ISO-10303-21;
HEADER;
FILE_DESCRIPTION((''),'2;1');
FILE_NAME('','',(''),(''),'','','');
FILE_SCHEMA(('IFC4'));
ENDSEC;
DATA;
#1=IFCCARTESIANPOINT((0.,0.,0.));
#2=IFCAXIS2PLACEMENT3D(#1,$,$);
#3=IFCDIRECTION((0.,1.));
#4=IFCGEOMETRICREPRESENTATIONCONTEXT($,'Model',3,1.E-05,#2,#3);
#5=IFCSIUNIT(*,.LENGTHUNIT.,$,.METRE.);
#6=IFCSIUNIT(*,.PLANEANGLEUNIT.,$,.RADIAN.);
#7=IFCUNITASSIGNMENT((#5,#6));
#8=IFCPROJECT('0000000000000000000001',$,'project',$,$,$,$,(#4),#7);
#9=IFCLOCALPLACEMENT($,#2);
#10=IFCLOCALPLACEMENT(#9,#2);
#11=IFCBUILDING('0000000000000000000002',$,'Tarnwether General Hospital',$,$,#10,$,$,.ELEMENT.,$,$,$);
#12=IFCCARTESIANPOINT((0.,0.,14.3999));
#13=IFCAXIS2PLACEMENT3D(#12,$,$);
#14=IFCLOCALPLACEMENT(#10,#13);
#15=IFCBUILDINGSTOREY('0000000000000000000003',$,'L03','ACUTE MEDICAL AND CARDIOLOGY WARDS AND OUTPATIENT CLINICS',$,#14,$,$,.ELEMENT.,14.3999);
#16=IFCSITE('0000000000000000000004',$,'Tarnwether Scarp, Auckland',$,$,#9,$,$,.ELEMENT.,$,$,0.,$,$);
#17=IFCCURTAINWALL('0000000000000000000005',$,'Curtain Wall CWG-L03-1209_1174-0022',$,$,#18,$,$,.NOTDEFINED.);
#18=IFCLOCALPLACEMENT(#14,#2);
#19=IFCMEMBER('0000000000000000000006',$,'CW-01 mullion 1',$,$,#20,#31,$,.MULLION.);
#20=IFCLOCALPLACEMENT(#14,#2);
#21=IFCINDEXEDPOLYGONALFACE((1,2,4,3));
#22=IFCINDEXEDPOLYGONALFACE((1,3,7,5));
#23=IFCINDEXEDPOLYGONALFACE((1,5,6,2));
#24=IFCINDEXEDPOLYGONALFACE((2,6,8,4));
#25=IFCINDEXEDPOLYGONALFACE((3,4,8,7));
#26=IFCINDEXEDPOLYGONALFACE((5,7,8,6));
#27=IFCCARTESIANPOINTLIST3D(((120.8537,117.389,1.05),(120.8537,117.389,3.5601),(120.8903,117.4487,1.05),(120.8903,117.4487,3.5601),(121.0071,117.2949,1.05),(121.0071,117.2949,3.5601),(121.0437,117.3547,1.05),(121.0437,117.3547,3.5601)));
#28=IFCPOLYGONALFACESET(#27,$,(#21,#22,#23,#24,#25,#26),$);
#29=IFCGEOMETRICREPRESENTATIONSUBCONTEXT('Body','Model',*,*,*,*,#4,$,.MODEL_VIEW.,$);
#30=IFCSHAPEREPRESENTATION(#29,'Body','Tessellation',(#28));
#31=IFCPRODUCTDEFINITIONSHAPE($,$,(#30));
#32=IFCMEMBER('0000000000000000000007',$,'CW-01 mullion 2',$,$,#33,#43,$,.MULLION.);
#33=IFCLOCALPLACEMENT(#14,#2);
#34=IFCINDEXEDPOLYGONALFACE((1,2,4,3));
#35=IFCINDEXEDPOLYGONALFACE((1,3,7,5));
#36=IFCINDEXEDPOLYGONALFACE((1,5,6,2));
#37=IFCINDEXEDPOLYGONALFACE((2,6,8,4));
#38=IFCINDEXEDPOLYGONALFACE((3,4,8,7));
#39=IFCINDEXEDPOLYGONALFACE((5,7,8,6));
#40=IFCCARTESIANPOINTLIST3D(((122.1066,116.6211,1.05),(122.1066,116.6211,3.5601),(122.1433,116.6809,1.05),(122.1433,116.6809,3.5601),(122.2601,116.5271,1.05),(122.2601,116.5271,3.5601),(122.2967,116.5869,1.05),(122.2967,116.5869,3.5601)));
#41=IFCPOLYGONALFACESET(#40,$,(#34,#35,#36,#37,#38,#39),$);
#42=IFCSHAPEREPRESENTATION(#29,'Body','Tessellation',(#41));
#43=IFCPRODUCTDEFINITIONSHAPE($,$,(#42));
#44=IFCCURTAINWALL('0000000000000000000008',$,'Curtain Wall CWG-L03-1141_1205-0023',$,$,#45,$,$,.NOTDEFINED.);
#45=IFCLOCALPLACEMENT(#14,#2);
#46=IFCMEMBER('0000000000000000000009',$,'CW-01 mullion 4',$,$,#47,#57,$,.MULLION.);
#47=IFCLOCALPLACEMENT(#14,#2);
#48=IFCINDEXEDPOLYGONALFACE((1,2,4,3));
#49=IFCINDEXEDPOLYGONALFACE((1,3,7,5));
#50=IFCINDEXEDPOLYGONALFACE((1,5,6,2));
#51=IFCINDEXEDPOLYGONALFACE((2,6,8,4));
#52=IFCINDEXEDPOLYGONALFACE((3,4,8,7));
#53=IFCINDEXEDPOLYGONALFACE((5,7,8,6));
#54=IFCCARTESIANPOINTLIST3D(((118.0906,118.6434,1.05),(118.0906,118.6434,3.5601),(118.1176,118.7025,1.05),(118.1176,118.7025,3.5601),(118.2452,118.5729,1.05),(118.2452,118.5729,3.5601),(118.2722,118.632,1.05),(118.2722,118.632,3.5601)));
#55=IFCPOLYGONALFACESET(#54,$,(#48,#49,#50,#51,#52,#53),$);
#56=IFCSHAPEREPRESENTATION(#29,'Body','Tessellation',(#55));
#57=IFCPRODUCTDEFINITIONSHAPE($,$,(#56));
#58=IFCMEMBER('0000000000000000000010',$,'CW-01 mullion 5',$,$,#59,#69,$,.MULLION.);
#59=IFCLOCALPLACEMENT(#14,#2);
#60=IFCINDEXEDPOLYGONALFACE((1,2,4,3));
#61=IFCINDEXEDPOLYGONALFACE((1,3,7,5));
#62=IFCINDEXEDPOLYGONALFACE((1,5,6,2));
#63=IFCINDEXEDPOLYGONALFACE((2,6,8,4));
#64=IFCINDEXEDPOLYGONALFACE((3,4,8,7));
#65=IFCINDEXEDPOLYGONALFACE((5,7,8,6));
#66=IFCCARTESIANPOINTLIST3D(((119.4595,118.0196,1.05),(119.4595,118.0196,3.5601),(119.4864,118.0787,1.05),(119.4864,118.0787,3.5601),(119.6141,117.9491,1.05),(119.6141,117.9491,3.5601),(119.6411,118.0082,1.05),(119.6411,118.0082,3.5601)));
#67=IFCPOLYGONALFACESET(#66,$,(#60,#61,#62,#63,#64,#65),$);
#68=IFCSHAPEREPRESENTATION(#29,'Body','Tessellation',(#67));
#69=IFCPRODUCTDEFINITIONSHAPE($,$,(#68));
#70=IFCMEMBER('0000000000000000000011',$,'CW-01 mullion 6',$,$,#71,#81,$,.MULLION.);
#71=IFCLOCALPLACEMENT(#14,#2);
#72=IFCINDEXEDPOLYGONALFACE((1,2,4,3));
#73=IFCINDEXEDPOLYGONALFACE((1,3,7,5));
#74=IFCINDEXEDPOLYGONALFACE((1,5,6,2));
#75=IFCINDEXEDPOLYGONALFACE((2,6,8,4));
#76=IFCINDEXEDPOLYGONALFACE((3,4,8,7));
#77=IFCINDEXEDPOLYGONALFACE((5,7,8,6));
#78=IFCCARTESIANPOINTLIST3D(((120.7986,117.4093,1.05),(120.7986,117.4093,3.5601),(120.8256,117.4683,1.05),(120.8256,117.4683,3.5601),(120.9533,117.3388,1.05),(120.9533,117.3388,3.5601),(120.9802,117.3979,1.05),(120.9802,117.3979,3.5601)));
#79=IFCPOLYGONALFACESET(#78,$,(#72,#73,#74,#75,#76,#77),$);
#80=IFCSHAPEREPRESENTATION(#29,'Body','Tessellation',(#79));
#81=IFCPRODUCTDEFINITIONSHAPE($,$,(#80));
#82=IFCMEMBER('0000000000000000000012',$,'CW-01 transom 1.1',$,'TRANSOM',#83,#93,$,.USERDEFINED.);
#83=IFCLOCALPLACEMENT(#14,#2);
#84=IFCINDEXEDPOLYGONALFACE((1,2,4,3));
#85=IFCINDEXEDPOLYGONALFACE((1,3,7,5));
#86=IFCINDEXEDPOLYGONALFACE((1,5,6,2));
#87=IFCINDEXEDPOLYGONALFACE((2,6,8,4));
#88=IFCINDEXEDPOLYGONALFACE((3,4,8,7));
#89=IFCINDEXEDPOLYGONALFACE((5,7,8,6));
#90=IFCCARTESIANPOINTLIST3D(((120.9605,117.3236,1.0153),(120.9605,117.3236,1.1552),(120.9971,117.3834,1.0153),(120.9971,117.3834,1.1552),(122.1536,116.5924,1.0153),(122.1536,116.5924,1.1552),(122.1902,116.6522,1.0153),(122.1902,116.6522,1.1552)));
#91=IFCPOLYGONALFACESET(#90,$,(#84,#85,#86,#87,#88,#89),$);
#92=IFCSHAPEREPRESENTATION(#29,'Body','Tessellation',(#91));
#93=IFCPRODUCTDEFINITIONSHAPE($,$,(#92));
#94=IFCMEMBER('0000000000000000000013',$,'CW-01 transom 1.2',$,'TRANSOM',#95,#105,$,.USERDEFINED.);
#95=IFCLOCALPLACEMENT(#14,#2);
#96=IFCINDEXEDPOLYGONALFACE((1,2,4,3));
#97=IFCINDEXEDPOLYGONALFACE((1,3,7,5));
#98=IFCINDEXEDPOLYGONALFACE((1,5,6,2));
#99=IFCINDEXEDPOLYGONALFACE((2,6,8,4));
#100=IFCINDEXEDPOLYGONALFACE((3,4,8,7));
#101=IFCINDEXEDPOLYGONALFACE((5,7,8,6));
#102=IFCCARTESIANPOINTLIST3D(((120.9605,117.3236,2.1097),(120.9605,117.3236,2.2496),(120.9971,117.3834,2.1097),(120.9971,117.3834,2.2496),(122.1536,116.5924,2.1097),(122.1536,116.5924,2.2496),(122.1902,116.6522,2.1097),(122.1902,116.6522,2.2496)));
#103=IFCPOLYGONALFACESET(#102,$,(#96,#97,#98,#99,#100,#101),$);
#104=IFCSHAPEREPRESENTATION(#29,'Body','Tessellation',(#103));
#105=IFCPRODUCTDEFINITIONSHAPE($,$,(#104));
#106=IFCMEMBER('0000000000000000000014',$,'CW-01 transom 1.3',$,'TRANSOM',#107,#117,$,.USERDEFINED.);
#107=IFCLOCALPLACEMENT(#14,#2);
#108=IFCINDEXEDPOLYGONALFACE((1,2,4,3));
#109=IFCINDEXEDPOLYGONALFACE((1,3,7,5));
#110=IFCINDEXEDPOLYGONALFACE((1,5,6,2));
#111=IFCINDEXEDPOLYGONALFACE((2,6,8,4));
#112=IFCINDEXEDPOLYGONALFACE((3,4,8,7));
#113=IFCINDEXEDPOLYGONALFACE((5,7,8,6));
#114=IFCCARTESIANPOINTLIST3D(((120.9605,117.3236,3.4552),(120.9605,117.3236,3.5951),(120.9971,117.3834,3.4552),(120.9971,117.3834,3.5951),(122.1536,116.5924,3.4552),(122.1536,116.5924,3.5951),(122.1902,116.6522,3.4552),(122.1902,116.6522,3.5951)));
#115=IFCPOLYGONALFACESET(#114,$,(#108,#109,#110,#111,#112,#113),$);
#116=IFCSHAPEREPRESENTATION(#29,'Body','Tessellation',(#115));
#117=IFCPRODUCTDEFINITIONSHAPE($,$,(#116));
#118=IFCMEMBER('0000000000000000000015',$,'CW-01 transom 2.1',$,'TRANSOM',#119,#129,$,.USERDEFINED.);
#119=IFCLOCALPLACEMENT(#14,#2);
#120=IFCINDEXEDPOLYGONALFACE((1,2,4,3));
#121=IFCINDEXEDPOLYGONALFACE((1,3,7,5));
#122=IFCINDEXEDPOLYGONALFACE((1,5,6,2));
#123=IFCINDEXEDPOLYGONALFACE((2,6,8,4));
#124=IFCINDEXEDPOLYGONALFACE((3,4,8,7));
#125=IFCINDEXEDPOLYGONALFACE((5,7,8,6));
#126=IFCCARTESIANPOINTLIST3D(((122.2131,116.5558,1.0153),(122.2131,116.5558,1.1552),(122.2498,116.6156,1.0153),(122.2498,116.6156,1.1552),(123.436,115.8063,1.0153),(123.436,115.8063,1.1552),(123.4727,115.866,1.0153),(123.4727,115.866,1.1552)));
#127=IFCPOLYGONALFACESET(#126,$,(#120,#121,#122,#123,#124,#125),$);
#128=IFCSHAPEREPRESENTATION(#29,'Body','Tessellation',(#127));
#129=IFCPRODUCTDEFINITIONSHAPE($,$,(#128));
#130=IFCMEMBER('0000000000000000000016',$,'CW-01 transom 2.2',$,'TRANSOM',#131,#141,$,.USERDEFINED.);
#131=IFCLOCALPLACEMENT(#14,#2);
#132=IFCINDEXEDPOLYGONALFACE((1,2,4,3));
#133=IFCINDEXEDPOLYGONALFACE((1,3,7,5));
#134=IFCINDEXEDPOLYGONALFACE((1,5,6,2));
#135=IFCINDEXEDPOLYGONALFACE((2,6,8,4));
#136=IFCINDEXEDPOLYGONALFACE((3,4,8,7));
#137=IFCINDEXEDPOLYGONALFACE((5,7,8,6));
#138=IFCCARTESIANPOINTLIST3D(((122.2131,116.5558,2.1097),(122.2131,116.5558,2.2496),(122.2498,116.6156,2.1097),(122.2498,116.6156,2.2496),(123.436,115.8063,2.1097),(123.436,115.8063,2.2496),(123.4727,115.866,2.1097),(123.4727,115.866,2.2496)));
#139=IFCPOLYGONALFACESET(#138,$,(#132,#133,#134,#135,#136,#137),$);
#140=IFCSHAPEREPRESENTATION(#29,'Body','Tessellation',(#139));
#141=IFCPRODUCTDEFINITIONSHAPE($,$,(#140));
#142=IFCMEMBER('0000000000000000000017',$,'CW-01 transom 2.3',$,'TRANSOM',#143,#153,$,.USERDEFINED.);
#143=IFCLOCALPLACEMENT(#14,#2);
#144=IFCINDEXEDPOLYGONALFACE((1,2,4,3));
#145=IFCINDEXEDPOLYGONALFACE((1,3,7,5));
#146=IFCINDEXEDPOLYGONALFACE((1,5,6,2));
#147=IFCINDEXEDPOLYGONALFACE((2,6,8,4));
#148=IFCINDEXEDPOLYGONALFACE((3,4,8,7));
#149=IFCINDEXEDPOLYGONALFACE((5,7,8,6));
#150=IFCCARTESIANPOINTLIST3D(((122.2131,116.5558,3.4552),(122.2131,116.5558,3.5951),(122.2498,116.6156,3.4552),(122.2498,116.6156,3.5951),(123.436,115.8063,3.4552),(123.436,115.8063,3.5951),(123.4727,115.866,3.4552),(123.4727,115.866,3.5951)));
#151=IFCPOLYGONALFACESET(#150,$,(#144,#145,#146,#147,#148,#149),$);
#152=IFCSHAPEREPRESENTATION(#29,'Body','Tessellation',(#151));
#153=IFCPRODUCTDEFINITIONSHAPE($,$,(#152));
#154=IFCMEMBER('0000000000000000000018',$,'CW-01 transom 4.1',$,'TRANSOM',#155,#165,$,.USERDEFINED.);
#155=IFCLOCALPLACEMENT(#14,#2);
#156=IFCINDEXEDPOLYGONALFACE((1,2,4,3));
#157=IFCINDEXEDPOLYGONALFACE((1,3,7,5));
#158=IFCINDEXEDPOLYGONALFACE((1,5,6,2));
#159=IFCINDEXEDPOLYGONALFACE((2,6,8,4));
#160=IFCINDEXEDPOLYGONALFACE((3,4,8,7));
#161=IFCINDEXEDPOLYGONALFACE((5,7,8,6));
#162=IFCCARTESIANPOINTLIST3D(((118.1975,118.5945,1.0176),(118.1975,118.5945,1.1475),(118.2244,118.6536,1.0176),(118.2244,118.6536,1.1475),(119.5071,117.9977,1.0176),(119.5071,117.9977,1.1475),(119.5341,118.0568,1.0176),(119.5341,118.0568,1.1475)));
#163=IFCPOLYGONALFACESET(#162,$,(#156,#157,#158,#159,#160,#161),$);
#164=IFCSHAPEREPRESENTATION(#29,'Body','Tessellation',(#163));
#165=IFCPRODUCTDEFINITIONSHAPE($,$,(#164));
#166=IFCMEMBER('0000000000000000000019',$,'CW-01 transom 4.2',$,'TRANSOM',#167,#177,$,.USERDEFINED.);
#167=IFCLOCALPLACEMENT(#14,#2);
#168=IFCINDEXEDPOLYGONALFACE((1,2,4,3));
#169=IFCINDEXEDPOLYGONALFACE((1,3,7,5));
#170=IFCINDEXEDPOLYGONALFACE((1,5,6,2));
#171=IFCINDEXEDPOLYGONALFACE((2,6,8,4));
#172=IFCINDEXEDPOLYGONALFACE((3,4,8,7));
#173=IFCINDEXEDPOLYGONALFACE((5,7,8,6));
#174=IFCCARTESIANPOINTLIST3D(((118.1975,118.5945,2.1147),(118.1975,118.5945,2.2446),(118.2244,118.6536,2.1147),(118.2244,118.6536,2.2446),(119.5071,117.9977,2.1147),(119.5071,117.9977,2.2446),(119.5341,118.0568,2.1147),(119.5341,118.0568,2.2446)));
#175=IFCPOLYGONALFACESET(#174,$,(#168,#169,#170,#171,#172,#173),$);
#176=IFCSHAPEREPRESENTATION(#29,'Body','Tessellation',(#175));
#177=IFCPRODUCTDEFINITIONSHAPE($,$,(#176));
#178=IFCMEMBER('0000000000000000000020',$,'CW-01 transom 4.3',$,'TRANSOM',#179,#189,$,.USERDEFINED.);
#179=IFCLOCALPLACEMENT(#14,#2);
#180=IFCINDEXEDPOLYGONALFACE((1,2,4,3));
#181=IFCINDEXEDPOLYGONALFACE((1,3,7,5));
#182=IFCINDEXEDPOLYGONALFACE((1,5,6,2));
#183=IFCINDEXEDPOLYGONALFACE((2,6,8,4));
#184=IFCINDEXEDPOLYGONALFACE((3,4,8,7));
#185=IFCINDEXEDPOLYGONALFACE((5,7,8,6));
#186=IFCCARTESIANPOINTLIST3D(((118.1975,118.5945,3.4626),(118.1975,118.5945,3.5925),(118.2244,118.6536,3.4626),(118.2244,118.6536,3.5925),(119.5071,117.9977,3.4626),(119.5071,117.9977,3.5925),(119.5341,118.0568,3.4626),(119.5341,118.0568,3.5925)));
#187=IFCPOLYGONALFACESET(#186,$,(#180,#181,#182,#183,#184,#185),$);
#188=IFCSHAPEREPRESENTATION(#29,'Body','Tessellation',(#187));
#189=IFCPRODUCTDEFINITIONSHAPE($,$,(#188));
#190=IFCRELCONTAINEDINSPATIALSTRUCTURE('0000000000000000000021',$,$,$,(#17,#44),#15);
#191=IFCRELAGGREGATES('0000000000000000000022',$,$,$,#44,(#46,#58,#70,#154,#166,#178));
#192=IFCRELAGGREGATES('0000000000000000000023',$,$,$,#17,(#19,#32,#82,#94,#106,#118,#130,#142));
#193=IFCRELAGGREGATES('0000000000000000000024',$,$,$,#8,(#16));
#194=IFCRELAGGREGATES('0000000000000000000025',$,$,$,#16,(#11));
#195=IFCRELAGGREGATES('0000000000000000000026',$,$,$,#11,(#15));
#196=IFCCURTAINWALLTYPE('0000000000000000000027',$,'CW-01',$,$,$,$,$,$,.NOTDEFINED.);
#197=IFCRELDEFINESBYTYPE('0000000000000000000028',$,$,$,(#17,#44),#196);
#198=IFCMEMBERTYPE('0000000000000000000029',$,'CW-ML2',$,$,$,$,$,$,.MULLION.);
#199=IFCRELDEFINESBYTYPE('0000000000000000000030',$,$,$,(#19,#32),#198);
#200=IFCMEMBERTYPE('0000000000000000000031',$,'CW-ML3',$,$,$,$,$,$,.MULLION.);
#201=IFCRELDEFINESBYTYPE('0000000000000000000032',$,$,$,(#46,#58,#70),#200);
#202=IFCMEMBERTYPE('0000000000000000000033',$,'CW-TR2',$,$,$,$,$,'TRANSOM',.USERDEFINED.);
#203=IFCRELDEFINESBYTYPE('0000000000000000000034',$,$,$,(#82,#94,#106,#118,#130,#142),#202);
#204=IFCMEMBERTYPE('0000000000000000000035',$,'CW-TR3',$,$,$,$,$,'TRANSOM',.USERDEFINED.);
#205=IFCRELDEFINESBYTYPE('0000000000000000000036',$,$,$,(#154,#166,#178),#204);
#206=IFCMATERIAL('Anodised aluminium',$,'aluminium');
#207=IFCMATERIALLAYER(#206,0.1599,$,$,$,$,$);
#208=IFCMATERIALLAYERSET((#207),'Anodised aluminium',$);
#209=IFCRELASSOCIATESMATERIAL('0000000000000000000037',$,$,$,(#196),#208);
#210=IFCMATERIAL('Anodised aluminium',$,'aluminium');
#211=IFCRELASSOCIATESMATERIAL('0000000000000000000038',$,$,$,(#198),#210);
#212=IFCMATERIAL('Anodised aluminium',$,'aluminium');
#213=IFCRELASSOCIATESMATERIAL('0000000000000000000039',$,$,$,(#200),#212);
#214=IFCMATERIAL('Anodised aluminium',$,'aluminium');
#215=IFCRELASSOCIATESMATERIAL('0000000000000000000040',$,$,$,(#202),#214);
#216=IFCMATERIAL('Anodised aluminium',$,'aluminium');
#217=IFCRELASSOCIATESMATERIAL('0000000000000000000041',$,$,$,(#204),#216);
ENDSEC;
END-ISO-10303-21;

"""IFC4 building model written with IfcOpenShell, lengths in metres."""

from ifc_helpers import new_model, si_unit, direction, frame, origin, origin_2d, place, context, subcontext, project, spatial, rectangle, extrude, material, layer, layer_set, material_profile, profile_set, type_object, element, aggregate, save


model = new_model("IFC4")

# Units and contexts
model_context = context("Model", 3, precision=1e-05, world=origin(), true_north=direction((0.0, 1.0)))
body_context = subcontext(model_context, "Body", "Model", "MODEL_VIEW")
ifc_project = project(units=[si_unit("LENGTHUNIT", "METRE"), si_unit("PLANEANGLEUNIT", "RADIAN")], contexts=[model_context])

# Site, building, storey
site_placement = place(None, origin())
site = spatial("IfcSite", under=ifc_project, at=site_placement, Name="Tarnwether Scarp, Auckland", CompositionType="ELEMENT", RefElevation=0.0)
building_placement = place(site_placement, origin())
building = spatial("IfcBuilding", under=site, at=building_placement, Name="Tarnwether General Hospital", CompositionType="ELEMENT")
storey_placement = place(building_placement, frame((0.0, 0.0, 14.3999)))
storey = spatial("IfcBuildingStorey", under=building, at=storey_placement, Name="L03", Description="ACUTE MEDICAL AND CARDIOLOGY WARDS AND OUTPATIENT CLINICS", CompositionType="ELEMENT", Elevation=14.3999)

# Curtain walls, members
ifc_material_1 = material(Name="Anodised aluminium", Category="aluminium")
ifc_layer_1 = layer(ifc_material_1, 0.1599)
ifc_layer_set_1 = layer_set([ifc_layer_1], Name="Anodised aluminium")
curtain_wall_type = type_object("IfcCurtainWallType", Name="CW-01", PredefinedType="NOTDEFINED", material=ifc_layer_set_1)
curtain_wall_1_placement = place(storey_placement, origin())
curtain_wall_1 = element("IfcCurtainWall", 1, at=curtain_wall_1_placement, inside=storey, type_object=curtain_wall_type, Name="Curtain Wall CWG-L03-1209_1174-0022", PredefinedType="NOTDEFINED")
ifc_material_2 = material(Name="Anodised aluminium", Category="aluminium")
ifc_material_profile_1 = material_profile(ifc_material_2, rectangle(XDim=0.0701, YDim=0.1799, at=origin_2d()), Name="ALU-MUL-70x180")
ifc_profile_set_1 = profile_set([ifc_material_profile_1], Name="Anodised aluminium")
member_type_1 = type_object("IfcMemberType", Name="CW-ML2", PredefinedType="MULLION", material=ifc_profile_set_1)
member_1_placement = place(storey_placement, frame((120.9487, 117.3718, 1.05), z_axis=(0.0, 0.0, 1.0), x_axis=(0.522509, 0.852634, 0.0)))
member_1 = element("IfcMember", 2, at=member_1_placement, type_object=member_type_1, Name="CW-01 mullion 1", PredefinedType="MULLION", context=body_context, shape_type="SweptSolid", body=[
    extrude(rectangle(XDim=0.0701, YDim=0.1799, at=origin_2d()), origin(), (0.0, 0.0, 1.0), 2.51),
])
member_2_placement = place(storey_placement, frame((122.2017, 116.604, 1.05), z_axis=(0.0, 0.0, 1.0), x_axis=(0.522509, 0.852634, 0.0)))
member_2 = element("IfcMember", 3, at=member_2_placement, type_object=member_type_1, Name="CW-01 mullion 2", PredefinedType="MULLION", context=body_context, shape_type="SweptSolid", body=[
    extrude(rectangle(XDim=0.0701, YDim=0.1799, at=origin_2d()), origin(), (0.0, 0.0, 1.0), 2.51),
])
curtain_wall_2_placement = place(storey_placement, origin())
curtain_wall_2 = element("IfcCurtainWall", 4, at=curtain_wall_2_placement, inside=storey, type_object=curtain_wall_type, Name="Curtain Wall CWG-L03-1141_1205-0023", PredefinedType="NOTDEFINED")
ifc_material_3 = material(Name="Anodised aluminium", Category="aluminium")
ifc_material_profile_2 = material_profile(ifc_material_3, rectangle(XDim=0.0649, YDim=0.1699, at=origin_2d()), Name="ALU-MUL-65x170")
ifc_profile_set_2 = profile_set([ifc_material_profile_2], Name="Anodised aluminium")
member_type_2 = type_object("IfcMemberType", Name="CW-ML3", PredefinedType="MULLION", material=ifc_profile_set_2)
member_3_placement = place(storey_placement, frame((118.1814, 118.6377, 1.05), z_axis=(0.0, 0.0, 1.0), x_axis=(0.414694, 0.909961, 0.0)))
member_3 = element("IfcMember", 5, at=member_3_placement, type_object=member_type_2, Name="CW-01 mullion 4", PredefinedType="MULLION", context=body_context, shape_type="SweptSolid", body=[
    extrude(rectangle(XDim=0.0649, YDim=0.1699, at=origin_2d()), origin(), (0.0, 0.0, 1.0), 2.51),
])
member_4_placement = place(storey_placement, frame((119.5503, 118.0139, 1.05), z_axis=(0.0, 0.0, 1.0), x_axis=(0.414694, 0.909961, 0.0)))
member_4 = element("IfcMember", 6, at=member_4_placement, type_object=member_type_2, Name="CW-01 mullion 5", PredefinedType="MULLION", context=body_context, shape_type="SweptSolid", body=[
    extrude(rectangle(XDim=0.0649, YDim=0.1699, at=origin_2d()), origin(), (0.0, 0.0, 1.0), 2.51),
])
member_5_placement = place(storey_placement, frame((120.8894, 117.4036, 1.05), z_axis=(0.0, 0.0, 1.0), x_axis=(0.414694, 0.909961, 0.0)))
member_5 = element("IfcMember", 7, at=member_5_placement, type_object=member_type_2, Name="CW-01 mullion 6", PredefinedType="MULLION", context=body_context, shape_type="SweptSolid", body=[
    extrude(rectangle(XDim=0.0649, YDim=0.1699, at=origin_2d()), origin(), (0.0, 0.0, 1.0), 2.51),
])

# Members
ifc_material_4 = material(Name="Anodised aluminium", Category="aluminium")
ifc_material_profile_3 = material_profile(ifc_material_4, rectangle(XDim=0.0701, YDim=0.1399, at=origin_2d()), Name="ALU-TRN-70x140")
ifc_profile_set_3 = profile_set([ifc_material_profile_3], Name="Anodised aluminium")
member_type_3 = type_object("IfcMemberType", Name="CW-TR2", ElementType="TRANSOM", PredefinedType="USERDEFINED", material=ifc_profile_set_3)
member_6_placement = place(storey_placement, frame((120.9788, 117.3535, 1.0852), z_axis=(0.852621, -0.522529, 0.0), x_axis=(0.522529, 0.852621, 0.0)))
member_6 = element("IfcMember", 8, at=member_6_placement, type_object=member_type_3, Name="CW-01 transom 1.1", ObjectType="TRANSOM", PredefinedType="USERDEFINED", context=body_context, shape_type="SweptSolid", body=[
    extrude(rectangle(XDim=0.0701, YDim=0.1399, at=origin_2d()), origin(), (0.0, 0.0, 1.0), 1.3994),
])
member_7_placement = place(storey_placement, frame((120.9788, 117.3535, 2.1797), z_axis=(0.852621, -0.522529, 0.0), x_axis=(0.522529, 0.852621, 0.0)))
member_7 = element("IfcMember", 9, at=member_7_placement, type_object=member_type_3, Name="CW-01 transom 1.2", ObjectType="TRANSOM", PredefinedType="USERDEFINED", context=body_context, shape_type="SweptSolid", body=[
    extrude(rectangle(XDim=0.0701, YDim=0.1399, at=origin_2d()), origin(), (0.0, 0.0, 1.0), 1.3994),
])
member_8_placement = place(storey_placement, frame((120.9788, 117.3535, 3.5251), z_axis=(0.852621, -0.522529, 0.0), x_axis=(0.522529, 0.852621, 0.0)))
member_8 = element("IfcMember", 10, at=member_8_placement, type_object=member_type_3, Name="CW-01 transom 1.3", ObjectType="TRANSOM", PredefinedType="USERDEFINED", context=body_context, shape_type="SweptSolid", body=[
    extrude(rectangle(XDim=0.0701, YDim=0.1399, at=origin_2d()), origin(), (0.0, 0.0, 1.0), 1.3994),
])
member_9_placement = place(storey_placement, frame((122.2314, 116.5857, 1.0852), z_axis=(0.852604, -0.522558, 0.0), x_axis=(0.522558, 0.852604, 0.0)))
member_9 = element("IfcMember", 11, at=member_9_placement, type_object=member_type_3, Name="CW-01 transom 2.1", ObjectType="TRANSOM", PredefinedType="USERDEFINED", context=body_context, shape_type="SweptSolid", body=[
    extrude(rectangle(XDim=0.0701, YDim=0.1399, at=origin_2d()), origin(), (0.0, 0.0, 1.0), 1.4343),
])
member_10_placement = place(storey_placement, frame((122.2314, 116.5857, 2.1797), z_axis=(0.852604, -0.522558, 0.0), x_axis=(0.522558, 0.852604, 0.0)))
member_10 = element("IfcMember", 12, at=member_10_placement, type_object=member_type_3, Name="CW-01 transom 2.2", ObjectType="TRANSOM", PredefinedType="USERDEFINED", context=body_context, shape_type="SweptSolid", body=[
    extrude(rectangle(XDim=0.0701, YDim=0.1399, at=origin_2d()), origin(), (0.0, 0.0, 1.0), 1.4343),
])
member_11_placement = place(storey_placement, frame((122.2314, 116.5857, 3.5251), z_axis=(0.852604, -0.522558, 0.0), x_axis=(0.522558, 0.852604, 0.0)))
member_11 = element("IfcMember", 13, at=member_11_placement, type_object=member_type_3, Name="CW-01 transom 2.3", ObjectType="TRANSOM", PredefinedType="USERDEFINED", context=body_context, shape_type="SweptSolid", body=[
    extrude(rectangle(XDim=0.0701, YDim=0.1399, at=origin_2d()), origin(), (0.0, 0.0, 1.0), 1.4343),
])
ifc_material_5 = material(Name="Anodised aluminium", Category="aluminium")
ifc_material_profile_4 = material_profile(ifc_material_5, rectangle(XDim=0.0649, YDim=0.1299, at=origin_2d()), Name="ALU-TRN-65x130")
ifc_profile_set_4 = profile_set([ifc_material_profile_4], Name="Anodised aluminium")
member_type_4 = type_object("IfcMemberType", Name="CW-TR3", ElementType="TRANSOM", PredefinedType="USERDEFINED", material=ifc_profile_set_4)
member_12_placement = place(storey_placement, frame((118.2109, 118.624, 1.0825), z_axis=(0.909994, -0.414621, 0.0), x_axis=(0.414621, 0.909994, 0.0)))
member_12 = element("IfcMember", 14, at=member_12_placement, type_object=member_type_4, Name="CW-01 transom 4.1", ObjectType="TRANSOM", PredefinedType="USERDEFINED", context=body_context, shape_type="SweptSolid", body=[
    extrude(rectangle(XDim=0.0649, YDim=0.1299, at=origin_2d()), origin(), (0.0, 0.0, 1.0), 1.4392),
])
member_13_placement = place(storey_placement, frame((118.2109, 118.624, 2.1797), z_axis=(0.909994, -0.414621, 0.0), x_axis=(0.414621, 0.909994, 0.0)))
member_13 = element("IfcMember", 15, at=member_13_placement, type_object=member_type_4, Name="CW-01 transom 4.2", ObjectType="TRANSOM", PredefinedType="USERDEFINED", context=body_context, shape_type="SweptSolid", body=[
    extrude(rectangle(XDim=0.0649, YDim=0.1299, at=origin_2d()), origin(), (0.0, 0.0, 1.0), 1.4392),
])
member_14_placement = place(storey_placement, frame((118.2109, 118.624, 3.5276), z_axis=(0.909994, -0.414621, 0.0), x_axis=(0.414621, 0.909994, 0.0)))
member_14 = element("IfcMember", 16, at=member_14_placement, type_object=member_type_4, Name="CW-01 transom 4.3", ObjectType="TRANSOM", PredefinedType="USERDEFINED", context=body_context, shape_type="SweptSolid", body=[
    extrude(rectangle(XDim=0.0649, YDim=0.1299, at=origin_2d()), origin(), (0.0, 0.0, 1.0), 1.4392),
])

aggregate(curtain_wall_2, [member_3, member_4, member_5, member_12, member_13, member_14])
aggregate(curtain_wall_1, [member_1, member_2, member_6, member_7, member_8, member_9, member_10, member_11])

save(model, "model.ifc")
